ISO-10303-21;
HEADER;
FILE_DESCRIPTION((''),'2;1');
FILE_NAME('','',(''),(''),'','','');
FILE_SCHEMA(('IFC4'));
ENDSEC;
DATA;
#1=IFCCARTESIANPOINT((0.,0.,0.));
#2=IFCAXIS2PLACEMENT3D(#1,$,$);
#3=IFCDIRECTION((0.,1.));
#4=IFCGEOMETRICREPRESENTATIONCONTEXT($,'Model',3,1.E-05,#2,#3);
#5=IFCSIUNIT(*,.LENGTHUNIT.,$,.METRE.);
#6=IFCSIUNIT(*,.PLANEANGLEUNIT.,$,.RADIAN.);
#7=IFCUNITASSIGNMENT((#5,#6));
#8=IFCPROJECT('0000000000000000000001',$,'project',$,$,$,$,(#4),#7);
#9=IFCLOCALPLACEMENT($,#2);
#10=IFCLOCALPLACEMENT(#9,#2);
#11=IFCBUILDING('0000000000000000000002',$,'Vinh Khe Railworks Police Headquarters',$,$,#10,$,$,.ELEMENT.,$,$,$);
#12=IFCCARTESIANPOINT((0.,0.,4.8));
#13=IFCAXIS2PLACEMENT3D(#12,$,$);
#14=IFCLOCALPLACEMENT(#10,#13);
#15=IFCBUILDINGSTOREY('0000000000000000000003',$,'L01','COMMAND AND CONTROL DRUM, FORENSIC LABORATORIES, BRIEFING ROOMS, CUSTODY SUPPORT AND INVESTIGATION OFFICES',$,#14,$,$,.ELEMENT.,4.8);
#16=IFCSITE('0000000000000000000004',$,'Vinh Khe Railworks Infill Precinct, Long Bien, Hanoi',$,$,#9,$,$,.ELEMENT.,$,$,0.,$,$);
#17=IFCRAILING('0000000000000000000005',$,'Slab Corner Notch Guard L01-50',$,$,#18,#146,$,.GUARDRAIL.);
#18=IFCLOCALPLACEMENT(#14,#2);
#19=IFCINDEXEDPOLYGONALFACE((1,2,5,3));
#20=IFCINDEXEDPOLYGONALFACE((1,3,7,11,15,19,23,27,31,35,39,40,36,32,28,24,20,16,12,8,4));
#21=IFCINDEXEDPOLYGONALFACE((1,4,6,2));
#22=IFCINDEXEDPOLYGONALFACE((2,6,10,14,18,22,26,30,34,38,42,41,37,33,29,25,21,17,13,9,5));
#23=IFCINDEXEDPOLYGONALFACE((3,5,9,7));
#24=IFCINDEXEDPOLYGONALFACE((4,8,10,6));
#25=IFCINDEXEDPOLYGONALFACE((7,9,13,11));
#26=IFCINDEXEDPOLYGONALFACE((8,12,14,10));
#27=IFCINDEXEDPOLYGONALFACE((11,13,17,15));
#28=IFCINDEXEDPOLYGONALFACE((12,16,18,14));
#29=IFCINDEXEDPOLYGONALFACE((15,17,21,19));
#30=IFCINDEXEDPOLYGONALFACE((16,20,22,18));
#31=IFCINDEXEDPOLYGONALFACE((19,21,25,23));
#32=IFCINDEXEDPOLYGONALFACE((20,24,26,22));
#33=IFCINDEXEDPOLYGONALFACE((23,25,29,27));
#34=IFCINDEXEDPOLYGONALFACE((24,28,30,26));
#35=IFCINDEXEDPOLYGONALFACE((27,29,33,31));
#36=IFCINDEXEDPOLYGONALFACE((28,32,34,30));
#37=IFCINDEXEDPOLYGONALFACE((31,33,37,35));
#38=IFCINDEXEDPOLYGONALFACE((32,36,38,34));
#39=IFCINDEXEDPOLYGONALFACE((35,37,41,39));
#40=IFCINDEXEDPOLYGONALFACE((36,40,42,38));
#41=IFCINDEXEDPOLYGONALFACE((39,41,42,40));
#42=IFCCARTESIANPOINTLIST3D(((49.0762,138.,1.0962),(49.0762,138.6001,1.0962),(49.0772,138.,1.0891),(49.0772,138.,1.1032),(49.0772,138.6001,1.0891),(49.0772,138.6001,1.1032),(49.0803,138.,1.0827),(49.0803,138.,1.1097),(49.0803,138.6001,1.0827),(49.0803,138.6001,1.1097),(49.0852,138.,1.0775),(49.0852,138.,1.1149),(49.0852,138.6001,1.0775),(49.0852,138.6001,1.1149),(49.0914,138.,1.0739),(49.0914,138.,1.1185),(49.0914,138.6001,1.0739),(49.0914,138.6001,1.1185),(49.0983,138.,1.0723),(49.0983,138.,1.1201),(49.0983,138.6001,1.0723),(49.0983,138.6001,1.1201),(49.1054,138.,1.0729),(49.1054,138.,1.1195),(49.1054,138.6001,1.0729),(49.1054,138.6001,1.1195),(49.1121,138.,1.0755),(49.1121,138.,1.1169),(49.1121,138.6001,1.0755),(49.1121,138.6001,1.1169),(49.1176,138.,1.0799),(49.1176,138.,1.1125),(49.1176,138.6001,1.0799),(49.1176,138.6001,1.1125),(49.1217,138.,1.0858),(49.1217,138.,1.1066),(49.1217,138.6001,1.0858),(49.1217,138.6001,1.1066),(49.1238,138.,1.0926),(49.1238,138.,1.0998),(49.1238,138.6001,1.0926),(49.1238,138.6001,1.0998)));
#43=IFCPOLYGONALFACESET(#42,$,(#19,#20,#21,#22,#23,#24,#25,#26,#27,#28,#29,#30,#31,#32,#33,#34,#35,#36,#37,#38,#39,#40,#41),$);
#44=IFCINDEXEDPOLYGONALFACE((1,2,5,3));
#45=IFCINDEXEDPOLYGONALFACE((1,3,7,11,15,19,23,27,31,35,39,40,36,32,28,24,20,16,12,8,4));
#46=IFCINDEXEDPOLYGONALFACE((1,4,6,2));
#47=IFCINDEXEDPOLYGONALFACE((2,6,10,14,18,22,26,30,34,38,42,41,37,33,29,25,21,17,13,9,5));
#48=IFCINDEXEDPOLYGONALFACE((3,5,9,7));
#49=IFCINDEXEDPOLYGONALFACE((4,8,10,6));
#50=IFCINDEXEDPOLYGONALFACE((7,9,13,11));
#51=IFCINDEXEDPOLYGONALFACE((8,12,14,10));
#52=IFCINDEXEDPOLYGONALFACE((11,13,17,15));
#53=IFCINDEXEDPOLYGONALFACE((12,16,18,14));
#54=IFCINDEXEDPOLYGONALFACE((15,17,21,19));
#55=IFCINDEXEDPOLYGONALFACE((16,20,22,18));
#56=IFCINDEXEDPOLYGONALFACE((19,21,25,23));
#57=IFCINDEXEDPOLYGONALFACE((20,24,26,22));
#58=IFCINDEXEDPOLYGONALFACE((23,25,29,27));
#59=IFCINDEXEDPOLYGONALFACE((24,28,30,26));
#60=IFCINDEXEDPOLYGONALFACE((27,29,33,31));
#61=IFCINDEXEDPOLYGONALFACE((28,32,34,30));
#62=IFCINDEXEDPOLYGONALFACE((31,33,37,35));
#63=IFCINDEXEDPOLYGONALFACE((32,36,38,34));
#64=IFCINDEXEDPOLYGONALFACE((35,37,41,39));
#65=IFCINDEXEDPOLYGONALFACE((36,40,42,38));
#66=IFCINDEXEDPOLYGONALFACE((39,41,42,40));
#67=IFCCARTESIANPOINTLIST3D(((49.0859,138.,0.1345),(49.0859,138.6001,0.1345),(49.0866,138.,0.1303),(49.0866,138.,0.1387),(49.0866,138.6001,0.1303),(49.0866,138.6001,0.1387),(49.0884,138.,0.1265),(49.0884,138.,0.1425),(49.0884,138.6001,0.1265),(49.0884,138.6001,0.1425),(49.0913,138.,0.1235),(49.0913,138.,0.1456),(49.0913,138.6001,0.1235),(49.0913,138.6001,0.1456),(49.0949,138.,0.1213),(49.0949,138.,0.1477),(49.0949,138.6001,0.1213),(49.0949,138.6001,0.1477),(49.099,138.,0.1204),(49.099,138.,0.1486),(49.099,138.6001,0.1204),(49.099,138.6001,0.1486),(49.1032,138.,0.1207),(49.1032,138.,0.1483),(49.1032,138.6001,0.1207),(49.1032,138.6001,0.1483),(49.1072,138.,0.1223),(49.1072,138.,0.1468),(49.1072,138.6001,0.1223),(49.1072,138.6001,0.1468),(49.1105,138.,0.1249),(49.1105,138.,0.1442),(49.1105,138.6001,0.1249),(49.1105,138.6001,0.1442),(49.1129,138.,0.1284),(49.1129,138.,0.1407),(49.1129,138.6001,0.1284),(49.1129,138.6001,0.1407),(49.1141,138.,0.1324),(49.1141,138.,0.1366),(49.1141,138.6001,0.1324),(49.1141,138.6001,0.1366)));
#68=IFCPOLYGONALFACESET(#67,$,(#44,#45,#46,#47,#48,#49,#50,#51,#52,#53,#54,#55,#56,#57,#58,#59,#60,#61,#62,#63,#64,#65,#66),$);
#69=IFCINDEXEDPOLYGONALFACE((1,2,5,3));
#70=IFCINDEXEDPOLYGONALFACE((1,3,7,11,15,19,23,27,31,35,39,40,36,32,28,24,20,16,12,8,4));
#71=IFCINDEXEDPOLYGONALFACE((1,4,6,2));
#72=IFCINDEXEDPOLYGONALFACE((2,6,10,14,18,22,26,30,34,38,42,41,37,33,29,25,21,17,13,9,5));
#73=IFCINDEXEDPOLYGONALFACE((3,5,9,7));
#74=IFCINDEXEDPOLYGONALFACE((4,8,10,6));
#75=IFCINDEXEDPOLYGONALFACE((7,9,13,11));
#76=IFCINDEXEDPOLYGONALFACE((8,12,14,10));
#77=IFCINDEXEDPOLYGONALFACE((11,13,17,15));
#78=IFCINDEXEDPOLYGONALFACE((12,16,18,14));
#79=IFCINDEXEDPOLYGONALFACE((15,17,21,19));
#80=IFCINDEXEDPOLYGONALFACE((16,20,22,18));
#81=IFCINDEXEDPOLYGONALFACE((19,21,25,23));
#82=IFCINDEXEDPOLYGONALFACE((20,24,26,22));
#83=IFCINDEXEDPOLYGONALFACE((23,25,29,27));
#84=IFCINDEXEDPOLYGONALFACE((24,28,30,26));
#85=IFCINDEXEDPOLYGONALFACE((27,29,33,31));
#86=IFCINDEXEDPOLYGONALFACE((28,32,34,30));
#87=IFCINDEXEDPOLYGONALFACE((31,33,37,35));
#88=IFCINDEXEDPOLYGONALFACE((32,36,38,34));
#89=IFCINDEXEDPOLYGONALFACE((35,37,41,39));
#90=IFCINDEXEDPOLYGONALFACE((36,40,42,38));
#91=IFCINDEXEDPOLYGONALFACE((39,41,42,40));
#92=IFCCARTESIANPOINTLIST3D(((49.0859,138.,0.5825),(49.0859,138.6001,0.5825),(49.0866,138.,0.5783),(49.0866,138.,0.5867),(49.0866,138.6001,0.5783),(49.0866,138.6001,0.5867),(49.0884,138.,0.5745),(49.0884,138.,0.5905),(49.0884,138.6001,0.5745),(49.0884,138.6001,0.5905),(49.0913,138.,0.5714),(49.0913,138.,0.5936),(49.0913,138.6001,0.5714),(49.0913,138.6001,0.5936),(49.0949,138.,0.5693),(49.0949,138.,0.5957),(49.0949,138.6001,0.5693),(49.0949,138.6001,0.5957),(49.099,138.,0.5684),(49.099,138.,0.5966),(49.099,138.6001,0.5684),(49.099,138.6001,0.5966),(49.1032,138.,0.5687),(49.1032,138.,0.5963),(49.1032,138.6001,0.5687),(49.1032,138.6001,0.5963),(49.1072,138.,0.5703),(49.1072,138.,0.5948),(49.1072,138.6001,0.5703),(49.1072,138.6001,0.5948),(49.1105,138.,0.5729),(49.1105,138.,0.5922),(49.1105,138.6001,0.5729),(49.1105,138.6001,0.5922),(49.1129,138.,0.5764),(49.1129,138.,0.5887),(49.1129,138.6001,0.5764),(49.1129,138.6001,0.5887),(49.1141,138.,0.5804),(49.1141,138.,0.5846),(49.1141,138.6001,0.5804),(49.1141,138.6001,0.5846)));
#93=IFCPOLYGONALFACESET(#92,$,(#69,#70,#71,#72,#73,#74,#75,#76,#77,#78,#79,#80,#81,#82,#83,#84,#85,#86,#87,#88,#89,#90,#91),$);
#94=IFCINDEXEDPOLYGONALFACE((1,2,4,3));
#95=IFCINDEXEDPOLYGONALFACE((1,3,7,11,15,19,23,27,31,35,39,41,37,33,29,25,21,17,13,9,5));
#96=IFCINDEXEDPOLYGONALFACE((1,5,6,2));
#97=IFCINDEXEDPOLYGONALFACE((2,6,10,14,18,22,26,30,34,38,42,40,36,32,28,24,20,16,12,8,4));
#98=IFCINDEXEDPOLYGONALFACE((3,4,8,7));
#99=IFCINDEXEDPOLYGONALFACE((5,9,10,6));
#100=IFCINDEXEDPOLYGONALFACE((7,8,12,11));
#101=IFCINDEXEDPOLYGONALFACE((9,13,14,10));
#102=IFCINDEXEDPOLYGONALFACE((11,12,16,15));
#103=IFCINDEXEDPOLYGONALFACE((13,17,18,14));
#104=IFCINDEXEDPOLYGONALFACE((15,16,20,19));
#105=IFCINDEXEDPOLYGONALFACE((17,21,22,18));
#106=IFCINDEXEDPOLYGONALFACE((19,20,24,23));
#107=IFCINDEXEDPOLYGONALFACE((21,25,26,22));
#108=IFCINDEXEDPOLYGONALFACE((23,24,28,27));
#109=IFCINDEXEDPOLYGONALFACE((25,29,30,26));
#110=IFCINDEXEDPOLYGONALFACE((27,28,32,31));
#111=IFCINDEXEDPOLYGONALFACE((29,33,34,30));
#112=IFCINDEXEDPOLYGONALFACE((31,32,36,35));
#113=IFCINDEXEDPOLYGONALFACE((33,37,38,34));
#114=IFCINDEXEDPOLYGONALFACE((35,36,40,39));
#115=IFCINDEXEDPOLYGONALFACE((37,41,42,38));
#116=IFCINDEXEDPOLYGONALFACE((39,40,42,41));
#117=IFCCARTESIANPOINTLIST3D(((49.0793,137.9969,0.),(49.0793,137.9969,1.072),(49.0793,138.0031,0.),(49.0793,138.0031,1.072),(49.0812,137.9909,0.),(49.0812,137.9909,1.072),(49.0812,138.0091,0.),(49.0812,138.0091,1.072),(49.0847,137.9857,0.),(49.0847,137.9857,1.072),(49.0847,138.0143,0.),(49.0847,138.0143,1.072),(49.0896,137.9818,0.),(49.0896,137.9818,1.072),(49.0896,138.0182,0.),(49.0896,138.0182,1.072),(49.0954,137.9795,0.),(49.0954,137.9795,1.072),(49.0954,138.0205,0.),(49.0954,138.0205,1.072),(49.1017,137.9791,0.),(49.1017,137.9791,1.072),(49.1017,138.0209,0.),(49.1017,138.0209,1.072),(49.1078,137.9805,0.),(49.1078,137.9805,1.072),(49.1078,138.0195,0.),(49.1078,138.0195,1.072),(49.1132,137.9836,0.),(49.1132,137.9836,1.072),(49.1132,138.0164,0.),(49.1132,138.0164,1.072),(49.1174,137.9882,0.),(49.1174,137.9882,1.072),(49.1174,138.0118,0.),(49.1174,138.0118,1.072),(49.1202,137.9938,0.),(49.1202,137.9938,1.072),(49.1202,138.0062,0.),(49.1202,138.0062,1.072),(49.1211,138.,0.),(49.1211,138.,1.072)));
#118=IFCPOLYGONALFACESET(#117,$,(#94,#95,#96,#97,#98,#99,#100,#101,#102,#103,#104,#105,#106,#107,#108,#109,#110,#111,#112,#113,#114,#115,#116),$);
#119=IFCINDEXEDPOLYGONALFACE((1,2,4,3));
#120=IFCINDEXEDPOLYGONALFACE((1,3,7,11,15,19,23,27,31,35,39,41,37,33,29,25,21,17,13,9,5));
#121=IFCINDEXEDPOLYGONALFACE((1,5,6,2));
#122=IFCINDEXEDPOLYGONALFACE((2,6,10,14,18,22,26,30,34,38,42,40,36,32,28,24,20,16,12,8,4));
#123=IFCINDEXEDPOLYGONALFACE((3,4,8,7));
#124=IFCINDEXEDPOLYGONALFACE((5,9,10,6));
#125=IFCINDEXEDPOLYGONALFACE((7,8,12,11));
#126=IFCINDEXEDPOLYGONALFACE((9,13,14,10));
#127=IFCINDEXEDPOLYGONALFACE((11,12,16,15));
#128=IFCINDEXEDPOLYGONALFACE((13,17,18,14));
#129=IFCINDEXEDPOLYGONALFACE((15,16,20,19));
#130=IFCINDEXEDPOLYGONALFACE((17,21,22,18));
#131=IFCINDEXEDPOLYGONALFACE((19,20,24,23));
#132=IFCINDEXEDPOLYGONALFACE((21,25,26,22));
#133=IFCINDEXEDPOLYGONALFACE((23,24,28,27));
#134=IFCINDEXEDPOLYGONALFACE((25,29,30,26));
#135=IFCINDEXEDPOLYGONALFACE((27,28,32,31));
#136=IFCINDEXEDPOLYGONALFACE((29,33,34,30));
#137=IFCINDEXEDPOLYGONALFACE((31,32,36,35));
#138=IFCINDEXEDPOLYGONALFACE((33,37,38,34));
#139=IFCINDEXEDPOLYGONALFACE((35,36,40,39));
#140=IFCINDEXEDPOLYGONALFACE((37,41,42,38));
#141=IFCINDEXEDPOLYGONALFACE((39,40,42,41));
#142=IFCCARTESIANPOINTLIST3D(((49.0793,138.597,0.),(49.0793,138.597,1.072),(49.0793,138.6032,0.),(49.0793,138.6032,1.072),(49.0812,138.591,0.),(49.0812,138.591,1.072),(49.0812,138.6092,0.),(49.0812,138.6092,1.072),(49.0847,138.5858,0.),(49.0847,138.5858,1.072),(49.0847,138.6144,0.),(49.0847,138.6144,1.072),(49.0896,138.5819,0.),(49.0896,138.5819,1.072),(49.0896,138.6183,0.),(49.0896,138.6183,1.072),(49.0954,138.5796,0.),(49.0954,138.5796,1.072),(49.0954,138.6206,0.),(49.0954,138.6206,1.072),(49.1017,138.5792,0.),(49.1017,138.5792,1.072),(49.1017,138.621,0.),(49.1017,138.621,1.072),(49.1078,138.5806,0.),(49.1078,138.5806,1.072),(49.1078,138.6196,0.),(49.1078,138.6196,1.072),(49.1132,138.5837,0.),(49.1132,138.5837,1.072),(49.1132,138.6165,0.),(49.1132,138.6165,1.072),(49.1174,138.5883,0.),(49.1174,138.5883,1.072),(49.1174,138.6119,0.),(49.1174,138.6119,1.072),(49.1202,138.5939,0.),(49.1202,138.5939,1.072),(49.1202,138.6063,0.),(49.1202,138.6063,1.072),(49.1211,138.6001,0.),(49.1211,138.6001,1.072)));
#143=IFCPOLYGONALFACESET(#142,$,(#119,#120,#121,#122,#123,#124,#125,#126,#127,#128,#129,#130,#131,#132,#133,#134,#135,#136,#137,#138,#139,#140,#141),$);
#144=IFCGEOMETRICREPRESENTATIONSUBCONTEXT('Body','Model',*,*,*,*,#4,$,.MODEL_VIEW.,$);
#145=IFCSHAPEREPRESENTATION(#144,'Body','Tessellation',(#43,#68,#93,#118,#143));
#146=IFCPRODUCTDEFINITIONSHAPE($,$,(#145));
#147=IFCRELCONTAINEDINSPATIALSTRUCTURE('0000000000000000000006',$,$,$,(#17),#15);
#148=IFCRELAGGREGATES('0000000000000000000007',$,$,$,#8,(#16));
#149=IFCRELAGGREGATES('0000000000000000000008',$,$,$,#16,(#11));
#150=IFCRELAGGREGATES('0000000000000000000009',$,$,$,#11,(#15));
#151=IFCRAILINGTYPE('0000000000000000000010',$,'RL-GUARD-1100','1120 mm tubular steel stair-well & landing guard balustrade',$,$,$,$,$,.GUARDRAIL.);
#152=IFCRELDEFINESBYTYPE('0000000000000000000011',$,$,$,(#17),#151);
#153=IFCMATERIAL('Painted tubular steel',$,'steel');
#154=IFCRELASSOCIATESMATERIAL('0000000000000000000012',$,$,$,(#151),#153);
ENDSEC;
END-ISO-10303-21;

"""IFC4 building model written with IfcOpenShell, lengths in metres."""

from ifc_helpers import new_model, si_unit, direction, frame, origin, origin_2d, place, context, subcontext, project, spatial, circle, extrude, material, type_object, element, save


model = new_model("IFC4")

# Units and contexts
model_context = context("Model", 3, precision=1e-05, world=origin(), true_north=direction((0.0, 1.0)))
body_context = subcontext(model_context, "Body", "Model", "MODEL_VIEW")
ifc_project = project(units=[si_unit("LENGTHUNIT", "METRE"), si_unit("PLANEANGLEUNIT", "RADIAN")], contexts=[model_context])

# Site, building, storey
site_placement = place(None, origin())
site = spatial("IfcSite", under=ifc_project, at=site_placement, Name="Vinh Khe Railworks Infill Precinct, Long Bien, Hanoi", CompositionType="ELEMENT", RefElevation=0.0)
building_placement = place(site_placement, origin())
building = spatial("IfcBuilding", under=site, at=building_placement, Name="Vinh Khe Railworks Police Headquarters", CompositionType="ELEMENT")
storey_placement = place(building_placement, frame((0.0, 0.0, 4.8)))
storey = spatial("IfcBuildingStorey", under=building, at=storey_placement, Name="L01", Description="COMMAND AND CONTROL DRUM, FORENSIC LABORATORIES, BRIEFING ROOMS, CUSTODY SUPPORT AND INVESTIGATION OFFICES", CompositionType="ELEMENT", Elevation=4.8)

# Railing
ifc_material_1 = material(Name="Painted tubular steel", Category="steel")
railing_type = type_object("IfcRailingType", Name="RL-GUARD-1100", Description="1120 mm tubular steel stair-well & landing guard balustrade", PredefinedType="GUARDRAIL", material=ifc_material_1)
railing_1_placement = place(storey_placement, frame((49.1001, 138.0, 0.0)))
element("IfcRailing", 1, at=railing_1_placement, inside=storey, type_object=railing_type, Name="Slab Corner Notch Guard L01-50", PredefinedType="GUARDRAIL", context=body_context, shape_type="SweptSolid", body=[
    extrude(circle(Radius=0.0239, at=origin_2d()), frame((0.0, 0.0, 1.0962), z_axis=(0.0, 1.0, 0.0), x_axis=(-1.0, 0.0, 0.0)), (0.0, 0.0, 1.0), 0.6001),
    extrude(circle(Radius=0.0142, at=origin_2d()), frame((0.0, 0.0, 0.1345), z_axis=(0.0, 1.0, 0.0), x_axis=(-1.0, 0.0, 0.0)), (0.0, 0.0, 1.0), 0.6001),
    extrude(circle(Radius=0.0142, at=origin_2d()), frame((0.0, 0.0, 0.5825), z_axis=(0.0, 1.0, 0.0), x_axis=(-1.0, 0.0, 0.0)), (0.0, 0.0, 1.0), 0.6001),
    extrude(circle(Radius=0.021, at=origin_2d()), origin(), (0.0, 0.0, 1.0), 1.072),
    extrude(circle(Radius=0.021, at=origin_2d()), frame((0.0, 0.6001, 0.0)), (0.0, 0.0, 1.0), 1.072),
])

save(model, "model.ifc")
